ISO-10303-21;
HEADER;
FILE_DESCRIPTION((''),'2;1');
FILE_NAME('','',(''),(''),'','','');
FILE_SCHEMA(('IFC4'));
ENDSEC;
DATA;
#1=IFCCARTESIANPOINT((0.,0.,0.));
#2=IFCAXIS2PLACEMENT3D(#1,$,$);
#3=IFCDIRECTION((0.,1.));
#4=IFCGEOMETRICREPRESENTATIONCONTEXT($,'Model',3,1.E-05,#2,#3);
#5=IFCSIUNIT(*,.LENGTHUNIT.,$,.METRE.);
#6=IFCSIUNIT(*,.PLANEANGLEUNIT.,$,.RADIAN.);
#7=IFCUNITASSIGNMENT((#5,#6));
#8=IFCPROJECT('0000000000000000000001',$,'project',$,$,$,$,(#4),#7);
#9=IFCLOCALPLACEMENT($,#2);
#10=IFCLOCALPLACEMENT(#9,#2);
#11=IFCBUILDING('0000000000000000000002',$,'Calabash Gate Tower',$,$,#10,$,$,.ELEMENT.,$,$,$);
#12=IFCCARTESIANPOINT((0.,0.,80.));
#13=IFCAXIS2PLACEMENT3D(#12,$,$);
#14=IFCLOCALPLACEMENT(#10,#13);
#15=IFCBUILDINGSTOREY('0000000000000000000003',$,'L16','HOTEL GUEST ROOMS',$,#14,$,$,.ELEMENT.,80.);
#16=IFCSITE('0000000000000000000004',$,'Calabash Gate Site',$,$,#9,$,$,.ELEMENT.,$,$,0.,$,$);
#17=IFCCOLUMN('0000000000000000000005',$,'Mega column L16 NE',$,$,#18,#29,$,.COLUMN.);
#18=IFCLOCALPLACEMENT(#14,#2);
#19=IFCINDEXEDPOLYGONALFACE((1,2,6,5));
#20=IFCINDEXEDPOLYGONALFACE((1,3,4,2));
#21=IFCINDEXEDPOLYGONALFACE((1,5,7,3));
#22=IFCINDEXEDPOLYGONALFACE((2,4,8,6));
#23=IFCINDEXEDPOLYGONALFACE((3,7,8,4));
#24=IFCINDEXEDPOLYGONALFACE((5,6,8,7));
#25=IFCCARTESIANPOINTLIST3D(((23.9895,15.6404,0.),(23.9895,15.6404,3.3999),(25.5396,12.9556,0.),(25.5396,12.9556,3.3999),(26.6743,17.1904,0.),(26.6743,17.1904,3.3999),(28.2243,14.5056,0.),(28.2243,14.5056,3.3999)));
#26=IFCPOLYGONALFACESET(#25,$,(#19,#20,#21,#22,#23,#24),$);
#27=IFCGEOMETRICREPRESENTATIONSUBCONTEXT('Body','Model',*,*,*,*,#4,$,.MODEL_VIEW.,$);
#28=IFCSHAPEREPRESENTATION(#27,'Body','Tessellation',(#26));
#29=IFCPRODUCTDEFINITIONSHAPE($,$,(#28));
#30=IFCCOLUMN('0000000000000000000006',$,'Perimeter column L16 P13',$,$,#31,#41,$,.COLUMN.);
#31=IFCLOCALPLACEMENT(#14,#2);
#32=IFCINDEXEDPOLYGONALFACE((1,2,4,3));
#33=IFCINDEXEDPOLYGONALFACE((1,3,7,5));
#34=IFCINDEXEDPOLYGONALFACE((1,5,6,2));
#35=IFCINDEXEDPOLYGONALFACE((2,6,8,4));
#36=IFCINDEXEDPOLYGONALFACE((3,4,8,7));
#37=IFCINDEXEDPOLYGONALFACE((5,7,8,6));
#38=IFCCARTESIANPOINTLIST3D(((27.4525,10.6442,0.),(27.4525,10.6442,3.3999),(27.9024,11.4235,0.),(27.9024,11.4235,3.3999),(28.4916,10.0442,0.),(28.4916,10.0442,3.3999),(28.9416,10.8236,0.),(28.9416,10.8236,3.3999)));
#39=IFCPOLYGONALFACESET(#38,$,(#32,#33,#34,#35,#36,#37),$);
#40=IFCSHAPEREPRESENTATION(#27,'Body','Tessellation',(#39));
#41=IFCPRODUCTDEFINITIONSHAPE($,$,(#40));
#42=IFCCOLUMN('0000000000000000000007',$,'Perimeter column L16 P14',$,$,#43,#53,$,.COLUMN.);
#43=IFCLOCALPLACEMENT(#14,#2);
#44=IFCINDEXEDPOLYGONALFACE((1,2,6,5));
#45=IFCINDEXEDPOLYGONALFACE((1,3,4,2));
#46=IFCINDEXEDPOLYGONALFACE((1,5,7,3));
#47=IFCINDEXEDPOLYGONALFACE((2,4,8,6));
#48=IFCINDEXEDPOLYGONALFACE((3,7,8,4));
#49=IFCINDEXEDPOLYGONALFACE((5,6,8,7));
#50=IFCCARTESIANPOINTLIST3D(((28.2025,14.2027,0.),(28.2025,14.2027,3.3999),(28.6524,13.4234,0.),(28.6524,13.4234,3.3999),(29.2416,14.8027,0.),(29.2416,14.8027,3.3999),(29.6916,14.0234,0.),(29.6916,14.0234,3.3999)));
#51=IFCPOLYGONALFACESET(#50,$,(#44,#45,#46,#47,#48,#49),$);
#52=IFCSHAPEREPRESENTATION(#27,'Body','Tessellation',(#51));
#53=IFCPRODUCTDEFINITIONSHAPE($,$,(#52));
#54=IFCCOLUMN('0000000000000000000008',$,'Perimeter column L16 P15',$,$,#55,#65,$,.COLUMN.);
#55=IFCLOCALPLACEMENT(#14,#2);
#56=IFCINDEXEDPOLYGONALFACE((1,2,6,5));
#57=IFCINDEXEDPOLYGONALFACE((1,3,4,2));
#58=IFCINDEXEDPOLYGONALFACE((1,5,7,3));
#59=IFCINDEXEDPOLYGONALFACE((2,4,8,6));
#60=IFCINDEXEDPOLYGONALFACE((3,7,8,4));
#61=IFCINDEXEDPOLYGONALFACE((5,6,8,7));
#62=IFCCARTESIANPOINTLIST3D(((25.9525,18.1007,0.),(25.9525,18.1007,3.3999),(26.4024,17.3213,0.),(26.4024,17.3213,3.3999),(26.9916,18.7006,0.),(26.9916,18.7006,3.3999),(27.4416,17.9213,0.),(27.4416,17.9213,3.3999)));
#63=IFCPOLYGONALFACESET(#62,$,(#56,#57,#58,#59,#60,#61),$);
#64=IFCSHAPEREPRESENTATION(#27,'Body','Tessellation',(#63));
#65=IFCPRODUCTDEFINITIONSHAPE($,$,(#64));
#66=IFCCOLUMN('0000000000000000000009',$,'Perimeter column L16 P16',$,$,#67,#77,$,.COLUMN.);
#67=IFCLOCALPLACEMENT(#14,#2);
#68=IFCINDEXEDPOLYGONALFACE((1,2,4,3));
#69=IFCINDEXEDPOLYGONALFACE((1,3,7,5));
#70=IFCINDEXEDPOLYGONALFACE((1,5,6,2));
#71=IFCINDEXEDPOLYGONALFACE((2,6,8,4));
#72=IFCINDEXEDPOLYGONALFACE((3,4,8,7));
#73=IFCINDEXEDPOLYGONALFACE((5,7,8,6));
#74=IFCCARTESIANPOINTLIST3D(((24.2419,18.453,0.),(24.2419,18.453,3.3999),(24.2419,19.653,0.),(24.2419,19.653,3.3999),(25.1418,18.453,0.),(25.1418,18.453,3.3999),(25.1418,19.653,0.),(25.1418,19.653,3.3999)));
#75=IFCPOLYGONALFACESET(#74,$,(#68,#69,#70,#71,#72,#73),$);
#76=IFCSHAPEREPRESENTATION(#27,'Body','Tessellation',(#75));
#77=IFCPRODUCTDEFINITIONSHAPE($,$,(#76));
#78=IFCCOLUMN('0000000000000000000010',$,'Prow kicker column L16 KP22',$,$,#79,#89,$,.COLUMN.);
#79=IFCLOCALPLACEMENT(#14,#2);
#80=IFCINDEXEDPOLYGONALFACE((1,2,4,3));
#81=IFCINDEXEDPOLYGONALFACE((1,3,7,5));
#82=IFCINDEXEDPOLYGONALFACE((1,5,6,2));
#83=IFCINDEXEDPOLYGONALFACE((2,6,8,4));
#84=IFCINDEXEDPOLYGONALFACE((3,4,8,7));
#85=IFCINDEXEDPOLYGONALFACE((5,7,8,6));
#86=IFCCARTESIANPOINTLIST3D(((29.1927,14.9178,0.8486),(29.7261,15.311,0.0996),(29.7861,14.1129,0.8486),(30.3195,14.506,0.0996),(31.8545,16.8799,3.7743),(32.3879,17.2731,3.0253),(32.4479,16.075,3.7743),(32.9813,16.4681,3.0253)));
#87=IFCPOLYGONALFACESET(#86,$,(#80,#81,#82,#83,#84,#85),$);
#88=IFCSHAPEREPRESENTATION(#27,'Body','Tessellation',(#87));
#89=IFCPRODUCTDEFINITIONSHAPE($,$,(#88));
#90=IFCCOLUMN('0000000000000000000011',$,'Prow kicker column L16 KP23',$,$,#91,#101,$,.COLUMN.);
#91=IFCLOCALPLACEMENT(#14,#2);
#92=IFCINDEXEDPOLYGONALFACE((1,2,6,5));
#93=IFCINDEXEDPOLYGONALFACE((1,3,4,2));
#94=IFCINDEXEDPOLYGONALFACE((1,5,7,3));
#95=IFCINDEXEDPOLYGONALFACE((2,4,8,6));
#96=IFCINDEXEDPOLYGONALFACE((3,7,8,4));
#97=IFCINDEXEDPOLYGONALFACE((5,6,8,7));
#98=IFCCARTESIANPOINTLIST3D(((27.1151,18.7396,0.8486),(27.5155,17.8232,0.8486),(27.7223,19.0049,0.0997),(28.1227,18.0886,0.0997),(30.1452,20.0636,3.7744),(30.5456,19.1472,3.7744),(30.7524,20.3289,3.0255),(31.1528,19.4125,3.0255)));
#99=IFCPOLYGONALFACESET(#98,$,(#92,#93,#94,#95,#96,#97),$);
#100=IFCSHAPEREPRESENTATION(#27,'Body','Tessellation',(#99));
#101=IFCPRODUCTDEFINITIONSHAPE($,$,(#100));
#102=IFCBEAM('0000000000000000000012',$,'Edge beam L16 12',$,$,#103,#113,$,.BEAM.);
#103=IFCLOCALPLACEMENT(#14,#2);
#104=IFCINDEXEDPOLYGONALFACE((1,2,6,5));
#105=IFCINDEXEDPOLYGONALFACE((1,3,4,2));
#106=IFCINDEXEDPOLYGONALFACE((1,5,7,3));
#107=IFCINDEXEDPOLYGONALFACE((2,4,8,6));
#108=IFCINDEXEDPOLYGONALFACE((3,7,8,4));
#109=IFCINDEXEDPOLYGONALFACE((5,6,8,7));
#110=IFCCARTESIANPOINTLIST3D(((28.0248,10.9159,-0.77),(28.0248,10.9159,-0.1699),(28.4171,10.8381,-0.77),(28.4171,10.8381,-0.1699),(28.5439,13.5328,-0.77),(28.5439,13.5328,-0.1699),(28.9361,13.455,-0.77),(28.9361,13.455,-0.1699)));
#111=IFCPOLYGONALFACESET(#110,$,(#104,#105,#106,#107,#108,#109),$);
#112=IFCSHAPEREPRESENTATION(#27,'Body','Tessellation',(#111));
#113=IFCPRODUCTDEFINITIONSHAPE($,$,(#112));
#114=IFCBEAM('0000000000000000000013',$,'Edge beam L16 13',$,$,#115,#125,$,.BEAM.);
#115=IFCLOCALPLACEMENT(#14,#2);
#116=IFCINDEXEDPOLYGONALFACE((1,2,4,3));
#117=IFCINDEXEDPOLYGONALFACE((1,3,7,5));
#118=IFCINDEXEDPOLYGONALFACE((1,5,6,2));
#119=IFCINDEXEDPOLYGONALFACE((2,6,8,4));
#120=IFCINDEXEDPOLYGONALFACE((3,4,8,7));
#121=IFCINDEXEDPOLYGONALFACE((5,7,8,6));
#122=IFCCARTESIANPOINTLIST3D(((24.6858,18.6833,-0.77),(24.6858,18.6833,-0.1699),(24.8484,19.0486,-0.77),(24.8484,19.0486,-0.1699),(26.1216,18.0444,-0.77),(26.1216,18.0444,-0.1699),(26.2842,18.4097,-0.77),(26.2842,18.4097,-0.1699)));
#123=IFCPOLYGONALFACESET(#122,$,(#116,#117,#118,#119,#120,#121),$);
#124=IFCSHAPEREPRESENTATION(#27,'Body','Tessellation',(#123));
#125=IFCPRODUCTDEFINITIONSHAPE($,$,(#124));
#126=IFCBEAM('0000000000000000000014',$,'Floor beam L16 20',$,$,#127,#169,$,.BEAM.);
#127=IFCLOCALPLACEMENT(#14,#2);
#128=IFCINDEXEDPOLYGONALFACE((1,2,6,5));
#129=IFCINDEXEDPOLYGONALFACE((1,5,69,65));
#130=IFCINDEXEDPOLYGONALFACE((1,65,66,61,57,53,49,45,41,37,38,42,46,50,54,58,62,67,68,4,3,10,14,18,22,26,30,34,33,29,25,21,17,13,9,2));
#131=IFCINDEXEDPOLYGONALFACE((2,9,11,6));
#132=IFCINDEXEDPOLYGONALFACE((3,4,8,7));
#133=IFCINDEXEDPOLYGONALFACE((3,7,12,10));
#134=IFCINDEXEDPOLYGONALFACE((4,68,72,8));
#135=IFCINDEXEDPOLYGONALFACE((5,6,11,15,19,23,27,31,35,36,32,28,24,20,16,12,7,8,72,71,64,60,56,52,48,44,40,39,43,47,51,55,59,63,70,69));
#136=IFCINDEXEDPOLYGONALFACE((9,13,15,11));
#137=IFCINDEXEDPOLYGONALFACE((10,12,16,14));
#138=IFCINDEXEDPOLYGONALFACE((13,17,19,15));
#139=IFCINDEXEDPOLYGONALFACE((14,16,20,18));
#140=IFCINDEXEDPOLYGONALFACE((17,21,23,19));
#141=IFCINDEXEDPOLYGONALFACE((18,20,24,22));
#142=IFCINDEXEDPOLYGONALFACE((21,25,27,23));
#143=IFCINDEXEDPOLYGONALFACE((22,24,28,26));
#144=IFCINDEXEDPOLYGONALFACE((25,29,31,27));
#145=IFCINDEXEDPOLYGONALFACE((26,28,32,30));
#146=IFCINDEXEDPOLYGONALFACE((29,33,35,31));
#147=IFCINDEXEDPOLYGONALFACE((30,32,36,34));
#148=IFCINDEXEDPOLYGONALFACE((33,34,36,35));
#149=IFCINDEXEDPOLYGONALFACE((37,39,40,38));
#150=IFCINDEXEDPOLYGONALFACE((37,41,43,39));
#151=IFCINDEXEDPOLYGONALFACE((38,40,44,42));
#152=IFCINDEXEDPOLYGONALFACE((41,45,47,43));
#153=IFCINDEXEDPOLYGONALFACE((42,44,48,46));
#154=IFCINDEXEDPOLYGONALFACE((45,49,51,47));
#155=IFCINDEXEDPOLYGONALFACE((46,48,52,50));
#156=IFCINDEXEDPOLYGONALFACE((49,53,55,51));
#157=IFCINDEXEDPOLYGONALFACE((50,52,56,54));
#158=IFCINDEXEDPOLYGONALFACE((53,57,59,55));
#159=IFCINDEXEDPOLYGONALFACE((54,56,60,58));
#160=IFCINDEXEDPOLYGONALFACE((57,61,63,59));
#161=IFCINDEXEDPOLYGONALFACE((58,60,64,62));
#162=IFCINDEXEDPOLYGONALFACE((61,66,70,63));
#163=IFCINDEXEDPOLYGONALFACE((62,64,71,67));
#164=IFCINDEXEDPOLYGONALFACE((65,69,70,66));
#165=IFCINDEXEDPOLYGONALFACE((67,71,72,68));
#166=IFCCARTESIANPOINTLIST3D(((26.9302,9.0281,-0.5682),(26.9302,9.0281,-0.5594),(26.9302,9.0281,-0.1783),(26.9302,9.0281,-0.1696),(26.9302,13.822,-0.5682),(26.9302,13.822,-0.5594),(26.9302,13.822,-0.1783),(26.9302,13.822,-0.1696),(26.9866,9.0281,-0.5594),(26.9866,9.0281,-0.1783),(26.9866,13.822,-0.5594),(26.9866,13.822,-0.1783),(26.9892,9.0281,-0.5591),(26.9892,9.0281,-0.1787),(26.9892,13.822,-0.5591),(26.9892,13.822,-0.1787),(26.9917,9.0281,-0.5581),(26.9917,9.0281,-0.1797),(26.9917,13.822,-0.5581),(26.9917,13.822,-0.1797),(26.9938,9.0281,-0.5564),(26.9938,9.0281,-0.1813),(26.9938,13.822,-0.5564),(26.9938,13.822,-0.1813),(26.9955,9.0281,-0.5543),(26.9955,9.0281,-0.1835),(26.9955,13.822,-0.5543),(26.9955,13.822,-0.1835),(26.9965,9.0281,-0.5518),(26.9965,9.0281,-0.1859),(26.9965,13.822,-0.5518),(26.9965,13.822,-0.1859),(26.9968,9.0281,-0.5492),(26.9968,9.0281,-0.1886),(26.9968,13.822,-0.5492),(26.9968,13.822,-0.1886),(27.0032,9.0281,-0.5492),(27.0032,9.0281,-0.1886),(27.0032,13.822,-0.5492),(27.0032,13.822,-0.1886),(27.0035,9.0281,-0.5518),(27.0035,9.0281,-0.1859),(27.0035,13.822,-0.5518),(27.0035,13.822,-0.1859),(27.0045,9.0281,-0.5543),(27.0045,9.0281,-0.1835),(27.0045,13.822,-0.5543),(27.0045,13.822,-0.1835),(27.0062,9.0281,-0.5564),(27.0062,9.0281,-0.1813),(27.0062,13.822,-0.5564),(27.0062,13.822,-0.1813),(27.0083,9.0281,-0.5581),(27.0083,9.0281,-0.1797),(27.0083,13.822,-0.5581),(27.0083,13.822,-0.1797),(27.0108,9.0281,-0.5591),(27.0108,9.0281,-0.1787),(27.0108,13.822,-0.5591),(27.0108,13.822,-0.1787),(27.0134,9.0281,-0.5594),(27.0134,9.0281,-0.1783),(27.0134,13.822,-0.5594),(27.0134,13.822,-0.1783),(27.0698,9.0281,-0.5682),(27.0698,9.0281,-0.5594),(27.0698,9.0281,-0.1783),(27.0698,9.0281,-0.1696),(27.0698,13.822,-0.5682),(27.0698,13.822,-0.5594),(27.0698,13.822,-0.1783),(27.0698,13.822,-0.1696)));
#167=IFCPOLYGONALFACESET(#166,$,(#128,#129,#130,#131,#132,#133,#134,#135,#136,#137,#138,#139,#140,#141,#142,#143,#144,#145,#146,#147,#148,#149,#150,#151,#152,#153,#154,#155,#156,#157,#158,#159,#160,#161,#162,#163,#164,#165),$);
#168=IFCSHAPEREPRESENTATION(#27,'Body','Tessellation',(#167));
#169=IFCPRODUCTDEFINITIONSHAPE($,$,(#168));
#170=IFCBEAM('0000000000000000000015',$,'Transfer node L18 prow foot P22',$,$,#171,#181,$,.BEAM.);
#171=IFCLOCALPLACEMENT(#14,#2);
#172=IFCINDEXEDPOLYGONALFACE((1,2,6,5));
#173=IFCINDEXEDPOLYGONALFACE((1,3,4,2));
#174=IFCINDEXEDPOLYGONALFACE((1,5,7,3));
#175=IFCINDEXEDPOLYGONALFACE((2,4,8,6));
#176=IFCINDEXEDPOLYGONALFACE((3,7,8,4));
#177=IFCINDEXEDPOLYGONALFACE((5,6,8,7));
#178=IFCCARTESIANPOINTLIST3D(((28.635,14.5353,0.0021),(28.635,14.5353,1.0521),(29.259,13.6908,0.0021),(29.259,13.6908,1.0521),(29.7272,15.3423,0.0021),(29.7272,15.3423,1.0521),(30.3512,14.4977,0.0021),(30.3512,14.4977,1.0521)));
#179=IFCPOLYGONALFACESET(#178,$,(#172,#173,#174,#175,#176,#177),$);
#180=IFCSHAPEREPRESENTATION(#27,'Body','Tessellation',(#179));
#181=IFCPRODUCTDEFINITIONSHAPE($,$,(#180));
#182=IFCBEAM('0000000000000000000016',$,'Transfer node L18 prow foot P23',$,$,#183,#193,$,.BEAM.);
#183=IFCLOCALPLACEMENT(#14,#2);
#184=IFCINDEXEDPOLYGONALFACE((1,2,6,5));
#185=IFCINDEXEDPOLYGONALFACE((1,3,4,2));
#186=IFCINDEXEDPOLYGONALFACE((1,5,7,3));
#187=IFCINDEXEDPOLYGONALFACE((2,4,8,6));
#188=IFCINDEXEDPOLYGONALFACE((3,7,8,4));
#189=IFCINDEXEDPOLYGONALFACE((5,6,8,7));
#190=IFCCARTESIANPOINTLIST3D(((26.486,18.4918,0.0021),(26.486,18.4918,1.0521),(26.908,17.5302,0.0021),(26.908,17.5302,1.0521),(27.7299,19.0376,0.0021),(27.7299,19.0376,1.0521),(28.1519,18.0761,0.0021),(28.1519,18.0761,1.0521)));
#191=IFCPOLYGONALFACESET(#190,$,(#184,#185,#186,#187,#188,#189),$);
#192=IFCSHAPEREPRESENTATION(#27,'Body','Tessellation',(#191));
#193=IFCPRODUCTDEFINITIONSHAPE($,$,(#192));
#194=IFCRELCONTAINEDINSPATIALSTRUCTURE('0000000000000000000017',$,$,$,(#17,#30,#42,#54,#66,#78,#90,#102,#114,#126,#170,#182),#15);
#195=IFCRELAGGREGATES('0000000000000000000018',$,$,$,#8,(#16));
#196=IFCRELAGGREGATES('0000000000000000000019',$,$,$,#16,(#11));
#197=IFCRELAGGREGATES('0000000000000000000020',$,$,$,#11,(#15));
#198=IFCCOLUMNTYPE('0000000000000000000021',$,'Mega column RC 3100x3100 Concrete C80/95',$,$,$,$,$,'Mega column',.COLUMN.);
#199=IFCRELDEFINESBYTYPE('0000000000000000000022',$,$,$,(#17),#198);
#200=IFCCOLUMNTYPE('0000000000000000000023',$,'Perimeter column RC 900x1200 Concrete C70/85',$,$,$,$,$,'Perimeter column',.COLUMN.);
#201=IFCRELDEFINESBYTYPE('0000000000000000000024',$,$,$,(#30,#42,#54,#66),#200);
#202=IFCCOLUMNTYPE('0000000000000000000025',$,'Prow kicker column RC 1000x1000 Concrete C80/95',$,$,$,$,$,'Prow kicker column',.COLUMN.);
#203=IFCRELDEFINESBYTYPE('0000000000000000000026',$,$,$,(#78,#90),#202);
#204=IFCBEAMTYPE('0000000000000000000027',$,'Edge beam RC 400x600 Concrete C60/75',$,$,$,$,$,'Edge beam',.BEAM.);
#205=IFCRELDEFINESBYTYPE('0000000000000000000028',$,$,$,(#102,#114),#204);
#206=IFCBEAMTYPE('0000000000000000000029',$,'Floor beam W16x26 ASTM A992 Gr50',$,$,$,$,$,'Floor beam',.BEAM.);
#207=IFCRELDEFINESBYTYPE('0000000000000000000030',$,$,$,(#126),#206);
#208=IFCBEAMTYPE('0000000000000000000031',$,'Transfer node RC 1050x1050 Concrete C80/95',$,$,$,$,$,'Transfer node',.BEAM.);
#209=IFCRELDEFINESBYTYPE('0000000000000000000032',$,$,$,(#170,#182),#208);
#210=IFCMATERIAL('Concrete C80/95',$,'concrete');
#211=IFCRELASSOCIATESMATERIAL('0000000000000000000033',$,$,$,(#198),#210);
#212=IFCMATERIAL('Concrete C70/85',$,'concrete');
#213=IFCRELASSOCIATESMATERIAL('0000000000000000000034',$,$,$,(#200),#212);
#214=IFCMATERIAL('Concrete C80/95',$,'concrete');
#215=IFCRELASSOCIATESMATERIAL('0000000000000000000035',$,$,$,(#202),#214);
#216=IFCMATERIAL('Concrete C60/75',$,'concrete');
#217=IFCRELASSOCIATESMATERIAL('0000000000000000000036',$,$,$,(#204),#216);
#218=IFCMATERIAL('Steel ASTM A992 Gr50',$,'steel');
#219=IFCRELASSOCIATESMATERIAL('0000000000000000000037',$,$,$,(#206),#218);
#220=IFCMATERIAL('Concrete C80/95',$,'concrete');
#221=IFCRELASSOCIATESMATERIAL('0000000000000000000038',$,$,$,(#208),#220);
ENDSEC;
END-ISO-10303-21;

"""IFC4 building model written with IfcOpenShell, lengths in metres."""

from ifc_helpers import new_model, si_unit, direction, frame, origin, origin_2d, place, context, subcontext, project, spatial, rectangle, i_section, extrude, material, material_profile, profile_set, type_object, element, save


model = new_model("IFC4")

# Units and contexts
model_context = context("Model", 3, precision=1e-05, world=origin(), true_north=direction((0.0, 1.0)))
body_context = subcontext(model_context, "Body", "Model", "MODEL_VIEW")
ifc_project = project(units=[si_unit("LENGTHUNIT", "METRE"), si_unit("PLANEANGLEUNIT", "RADIAN")], contexts=[model_context])

# Site, building, storey
site_placement = place(None, origin())
site = spatial("IfcSite", under=ifc_project, at=site_placement, Name="Calabash Gate Site", CompositionType="ELEMENT", RefElevation=0.0)
building_placement = place(site_placement, origin())
building = spatial("IfcBuilding", under=site, at=building_placement, Name="Calabash Gate Tower", CompositionType="ELEMENT")
storey_placement = place(building_placement, frame((0.0, 0.0, 80.0)))
storey = spatial("IfcBuildingStorey", under=building, at=storey_placement, Name="L16", Description="HOTEL GUEST ROOMS", CompositionType="ELEMENT", Elevation=80.0)

# Columns
ifc_material_1 = material(Name="Concrete C80/95", Category="concrete")
ifc_material_profile_1 = material_profile(ifc_material_1, rectangle(XDim=3.1001, YDim=3.1001, at=origin_2d()))
ifc_profile_set_1 = profile_set([ifc_material_profile_1], Name="Concrete C80/95")
column_type_1 = type_object("IfcColumnType", Name="Mega column RC 3100x3100 Concrete C80/95", ElementType="Mega column", PredefinedType="COLUMN", material=ifc_profile_set_1)
column_placement = place(storey_placement, frame((26.1069, 15.073, 0.0), z_axis=(0.0, 0.0, 1.0), x_axis=(-0.866025, -0.5, 0.0)))
element("IfcColumn", 1, at=column_placement, inside=storey, type_object=column_type_1, Name="Mega column L16 NE", PredefinedType="COLUMN", context=body_context, shape_type="SweptSolid", body=[
    extrude(rectangle(XDim=3.1001, YDim=3.1001, at=origin_2d()), origin(), (0.0, 0.0, 1.0), 3.3999),
])
ifc_material_2 = material(Name="Concrete C70/85", Category="concrete")
ifc_material_profile_2 = material_profile(ifc_material_2, rectangle(XDim=0.8999, YDim=1.2, at=origin_2d()))
ifc_profile_set_2 = profile_set([ifc_material_profile_2], Name="Concrete C70/85")
column_type_2 = type_object("IfcColumnType", Name="Perimeter column RC 900x1200 Concrete C70/85", ElementType="Perimeter column", PredefinedType="COLUMN", material=ifc_profile_set_2)
for number, where, z_axis, x_axis, name in (
    (2, (28.197, 10.7339, 0.0), (0.0, 0.0, 1.0), (0.5, 0.866025, 0.0), "Perimeter column L16 P13"),
    (3, (28.947, 14.113, 0.0), (0.0, 0.0, 1.0), (-0.5, 0.866025, 0.0), "Perimeter column L16 P14"),
    (4, (26.697, 18.011, 0.0), (0.0, 0.0, 1.0), (-0.5, 0.866025, 0.0), "Perimeter column L16 P15"),
    (5, (24.6919, 19.053, 0.0), (0.0, 0.0, 1.0), (-1.0, 0.0, 0.0), "Perimeter column L16 P16"),
):
    element("IfcColumn", number, at=place(storey_placement, frame(where, z_axis=z_axis, x_axis=x_axis)), inside=storey, type_object=column_type_2, Name=name, PredefinedType="COLUMN", context=body_context, shape_type="SweptSolid", body=[
        extrude(rectangle(XDim=0.8999, YDim=1.2, at=origin_2d()), origin(), (0.0, 0.0, 1.0), 3.3999),
    ])
ifc_material_3 = material(Name="Concrete C80/95", Category="concrete")
ifc_material_profile_3 = material_profile(ifc_material_3, rectangle(XDim=1.0, YDim=1.0, at=origin_2d()))
ifc_profile_set_3 = profile_set([ifc_material_profile_3], Name="Concrete C80/95")
column_type_3 = type_object("IfcColumnType", Name="Prow kicker column RC 1000x1000 Concrete C80/95", ElementType="Prow kicker column", PredefinedType="COLUMN", material=ifc_profile_set_3)
for number, where, z_axis, x_axis, name in (
    (6, (29.7561, 14.7119, 0.4741), (0.602859, 0.444389, 0.662631), (-0.53338, -0.393174, 0.748946), "Prow kicker column L16 KP22"),
    (7, (27.6189, 18.4141, 0.4741), (0.686269, 0.299866, 0.662658), (-0.607221, -0.265326, 0.748922), "Prow kicker column L16 KP23"),
):
    element("IfcColumn", number, at=place(storey_placement, frame(where, z_axis=z_axis, x_axis=x_axis)), inside=storey, type_object=column_type_3, Name=name, PredefinedType="COLUMN", context=body_context, shape_type="SweptSolid", body=[
        extrude(rectangle(XDim=1.0, YDim=1.0, at=origin_2d()), origin(), (0.0, 0.0, 1.0), 4.4153),
    ])

# Beams
ifc_material_4 = material(Name="Concrete C60/75", Category="concrete")
ifc_material_profile_4 = material_profile(ifc_material_4, rectangle(XDim=0.3999, YDim=0.6001, at=origin_2d()))
ifc_profile_set_4 = profile_set([ifc_material_profile_4], Name="Concrete C60/75")
beam_type_1 = type_object("IfcBeamType", Name="Edge beam RC 400x600 Concrete C60/75", ElementType="Edge beam", PredefinedType="BEAM", material=ifc_profile_set_4)
beam_1_placement = place(storey_placement, frame((28.2209, 10.877, -0.47), z_axis=(0.19455, 0.980893, 0.0), x_axis=(-0.980893, 0.19455, 0.0)))
element("IfcBeam", 8, at=beam_1_placement, inside=storey, type_object=beam_type_1, Name="Edge beam L16 12", PredefinedType="BEAM", context=body_context, shape_type="SweptSolid", body=[
    extrude(rectangle(XDim=0.3999, YDim=0.6001, at=origin_2d()), origin(), (0.0, 0.0, 1.0), 2.668),
])
beam_2_placement = place(storey_placement, frame((26.2029, 18.2271, -0.47), z_axis=(-0.913626, 0.406556, 0.0), x_axis=(-0.406556, -0.913626, 0.0)))
element("IfcBeam", 9, at=beam_2_placement, inside=storey, type_object=beam_type_1, Name="Edge beam L16 13", PredefinedType="BEAM", context=body_context, shape_type="SweptSolid", body=[
    extrude(rectangle(XDim=0.3999, YDim=0.6001, at=origin_2d()), origin(), (0.0, 0.0, 1.0), 1.5715),
])
ifc_material_5 = material(Name="Steel ASTM A992 Gr50", Category="steel")
ifc_material_profile_5 = material_profile(ifc_material_5, i_section(OverallWidth=0.1396, OverallDepth=0.3987, WebThickness=0.0063, FlangeThickness=0.0088, FilletRadius=0.0103, at=origin_2d()))
ifc_profile_set_5 = profile_set([ifc_material_profile_5], Name="Steel ASTM A992 Gr50")
beam_type_2 = type_object("IfcBeamType", Name="Floor beam W16x26 ASTM A992 Gr50", ElementType="Floor beam", PredefinedType="BEAM", material=ifc_profile_set_5)
beam_3_placement = place(storey_placement, frame((27.0, 9.0281, -0.3689), z_axis=(0.0, 1.0, 0.0), x_axis=(-1.0, 0.0, 0.0)))
element("IfcBeam", 10, at=beam_3_placement, inside=storey, type_object=beam_type_2, Name="Floor beam L16 20", PredefinedType="BEAM", context=body_context, shape_type="SweptSolid", body=[
    extrude(i_section(OverallWidth=0.1396, OverallDepth=0.3987, WebThickness=0.0063, FlangeThickness=0.0088, FilletRadius=0.0103, at=origin_2d()), origin(), (0.0, 0.0, 1.0), 4.7939),
])
ifc_material_6 = material(Name="Concrete C80/95", Category="concrete")
ifc_material_profile_6 = material_profile(ifc_material_6, rectangle(XDim=1.05, YDim=1.05, at=origin_2d()))
ifc_profile_set_6 = profile_set([ifc_material_profile_6], Name="Concrete C80/95")
beam_type_3 = type_object("IfcBeamType", Name="Transfer node RC 1050x1050 Concrete C80/95", ElementType="Transfer node", PredefinedType="BEAM", material=ifc_profile_set_6)
beam_4_placement = place(storey_placement, frame((28.947, 14.113, 0.5271), z_axis=(0.804273, 0.59426, 0.0), x_axis=(-0.59426, 0.804273, 0.0)))
element("IfcBeam", 11, at=beam_4_placement, inside=storey, type_object=beam_type_3, Name="Transfer node L18 prow foot P22", PredefinedType="BEAM", context=body_context, shape_type="SweptSolid", body=[
    extrude(rectangle(XDim=1.05, YDim=1.05, at=origin_2d()), origin(), (0.0, 0.0, 1.0), 1.3579),
])
beam_5_placement = place(storey_placement, frame((26.697, 18.011, 0.5271), z_axis=(0.915699, 0.401865, 0.0), x_axis=(-0.401865, 0.915699, 0.0)))
element("IfcBeam", 12, at=beam_5_placement, inside=storey, type_object=beam_type_3, Name="Transfer node L18 prow foot P23", PredefinedType="BEAM", context=body_context, shape_type="SweptSolid", body=[
    extrude(rectangle(XDim=1.05, YDim=1.05, at=origin_2d()), origin(), (0.0, 0.0, 1.0), 1.3584),
])

save(model, "model.ifc")
